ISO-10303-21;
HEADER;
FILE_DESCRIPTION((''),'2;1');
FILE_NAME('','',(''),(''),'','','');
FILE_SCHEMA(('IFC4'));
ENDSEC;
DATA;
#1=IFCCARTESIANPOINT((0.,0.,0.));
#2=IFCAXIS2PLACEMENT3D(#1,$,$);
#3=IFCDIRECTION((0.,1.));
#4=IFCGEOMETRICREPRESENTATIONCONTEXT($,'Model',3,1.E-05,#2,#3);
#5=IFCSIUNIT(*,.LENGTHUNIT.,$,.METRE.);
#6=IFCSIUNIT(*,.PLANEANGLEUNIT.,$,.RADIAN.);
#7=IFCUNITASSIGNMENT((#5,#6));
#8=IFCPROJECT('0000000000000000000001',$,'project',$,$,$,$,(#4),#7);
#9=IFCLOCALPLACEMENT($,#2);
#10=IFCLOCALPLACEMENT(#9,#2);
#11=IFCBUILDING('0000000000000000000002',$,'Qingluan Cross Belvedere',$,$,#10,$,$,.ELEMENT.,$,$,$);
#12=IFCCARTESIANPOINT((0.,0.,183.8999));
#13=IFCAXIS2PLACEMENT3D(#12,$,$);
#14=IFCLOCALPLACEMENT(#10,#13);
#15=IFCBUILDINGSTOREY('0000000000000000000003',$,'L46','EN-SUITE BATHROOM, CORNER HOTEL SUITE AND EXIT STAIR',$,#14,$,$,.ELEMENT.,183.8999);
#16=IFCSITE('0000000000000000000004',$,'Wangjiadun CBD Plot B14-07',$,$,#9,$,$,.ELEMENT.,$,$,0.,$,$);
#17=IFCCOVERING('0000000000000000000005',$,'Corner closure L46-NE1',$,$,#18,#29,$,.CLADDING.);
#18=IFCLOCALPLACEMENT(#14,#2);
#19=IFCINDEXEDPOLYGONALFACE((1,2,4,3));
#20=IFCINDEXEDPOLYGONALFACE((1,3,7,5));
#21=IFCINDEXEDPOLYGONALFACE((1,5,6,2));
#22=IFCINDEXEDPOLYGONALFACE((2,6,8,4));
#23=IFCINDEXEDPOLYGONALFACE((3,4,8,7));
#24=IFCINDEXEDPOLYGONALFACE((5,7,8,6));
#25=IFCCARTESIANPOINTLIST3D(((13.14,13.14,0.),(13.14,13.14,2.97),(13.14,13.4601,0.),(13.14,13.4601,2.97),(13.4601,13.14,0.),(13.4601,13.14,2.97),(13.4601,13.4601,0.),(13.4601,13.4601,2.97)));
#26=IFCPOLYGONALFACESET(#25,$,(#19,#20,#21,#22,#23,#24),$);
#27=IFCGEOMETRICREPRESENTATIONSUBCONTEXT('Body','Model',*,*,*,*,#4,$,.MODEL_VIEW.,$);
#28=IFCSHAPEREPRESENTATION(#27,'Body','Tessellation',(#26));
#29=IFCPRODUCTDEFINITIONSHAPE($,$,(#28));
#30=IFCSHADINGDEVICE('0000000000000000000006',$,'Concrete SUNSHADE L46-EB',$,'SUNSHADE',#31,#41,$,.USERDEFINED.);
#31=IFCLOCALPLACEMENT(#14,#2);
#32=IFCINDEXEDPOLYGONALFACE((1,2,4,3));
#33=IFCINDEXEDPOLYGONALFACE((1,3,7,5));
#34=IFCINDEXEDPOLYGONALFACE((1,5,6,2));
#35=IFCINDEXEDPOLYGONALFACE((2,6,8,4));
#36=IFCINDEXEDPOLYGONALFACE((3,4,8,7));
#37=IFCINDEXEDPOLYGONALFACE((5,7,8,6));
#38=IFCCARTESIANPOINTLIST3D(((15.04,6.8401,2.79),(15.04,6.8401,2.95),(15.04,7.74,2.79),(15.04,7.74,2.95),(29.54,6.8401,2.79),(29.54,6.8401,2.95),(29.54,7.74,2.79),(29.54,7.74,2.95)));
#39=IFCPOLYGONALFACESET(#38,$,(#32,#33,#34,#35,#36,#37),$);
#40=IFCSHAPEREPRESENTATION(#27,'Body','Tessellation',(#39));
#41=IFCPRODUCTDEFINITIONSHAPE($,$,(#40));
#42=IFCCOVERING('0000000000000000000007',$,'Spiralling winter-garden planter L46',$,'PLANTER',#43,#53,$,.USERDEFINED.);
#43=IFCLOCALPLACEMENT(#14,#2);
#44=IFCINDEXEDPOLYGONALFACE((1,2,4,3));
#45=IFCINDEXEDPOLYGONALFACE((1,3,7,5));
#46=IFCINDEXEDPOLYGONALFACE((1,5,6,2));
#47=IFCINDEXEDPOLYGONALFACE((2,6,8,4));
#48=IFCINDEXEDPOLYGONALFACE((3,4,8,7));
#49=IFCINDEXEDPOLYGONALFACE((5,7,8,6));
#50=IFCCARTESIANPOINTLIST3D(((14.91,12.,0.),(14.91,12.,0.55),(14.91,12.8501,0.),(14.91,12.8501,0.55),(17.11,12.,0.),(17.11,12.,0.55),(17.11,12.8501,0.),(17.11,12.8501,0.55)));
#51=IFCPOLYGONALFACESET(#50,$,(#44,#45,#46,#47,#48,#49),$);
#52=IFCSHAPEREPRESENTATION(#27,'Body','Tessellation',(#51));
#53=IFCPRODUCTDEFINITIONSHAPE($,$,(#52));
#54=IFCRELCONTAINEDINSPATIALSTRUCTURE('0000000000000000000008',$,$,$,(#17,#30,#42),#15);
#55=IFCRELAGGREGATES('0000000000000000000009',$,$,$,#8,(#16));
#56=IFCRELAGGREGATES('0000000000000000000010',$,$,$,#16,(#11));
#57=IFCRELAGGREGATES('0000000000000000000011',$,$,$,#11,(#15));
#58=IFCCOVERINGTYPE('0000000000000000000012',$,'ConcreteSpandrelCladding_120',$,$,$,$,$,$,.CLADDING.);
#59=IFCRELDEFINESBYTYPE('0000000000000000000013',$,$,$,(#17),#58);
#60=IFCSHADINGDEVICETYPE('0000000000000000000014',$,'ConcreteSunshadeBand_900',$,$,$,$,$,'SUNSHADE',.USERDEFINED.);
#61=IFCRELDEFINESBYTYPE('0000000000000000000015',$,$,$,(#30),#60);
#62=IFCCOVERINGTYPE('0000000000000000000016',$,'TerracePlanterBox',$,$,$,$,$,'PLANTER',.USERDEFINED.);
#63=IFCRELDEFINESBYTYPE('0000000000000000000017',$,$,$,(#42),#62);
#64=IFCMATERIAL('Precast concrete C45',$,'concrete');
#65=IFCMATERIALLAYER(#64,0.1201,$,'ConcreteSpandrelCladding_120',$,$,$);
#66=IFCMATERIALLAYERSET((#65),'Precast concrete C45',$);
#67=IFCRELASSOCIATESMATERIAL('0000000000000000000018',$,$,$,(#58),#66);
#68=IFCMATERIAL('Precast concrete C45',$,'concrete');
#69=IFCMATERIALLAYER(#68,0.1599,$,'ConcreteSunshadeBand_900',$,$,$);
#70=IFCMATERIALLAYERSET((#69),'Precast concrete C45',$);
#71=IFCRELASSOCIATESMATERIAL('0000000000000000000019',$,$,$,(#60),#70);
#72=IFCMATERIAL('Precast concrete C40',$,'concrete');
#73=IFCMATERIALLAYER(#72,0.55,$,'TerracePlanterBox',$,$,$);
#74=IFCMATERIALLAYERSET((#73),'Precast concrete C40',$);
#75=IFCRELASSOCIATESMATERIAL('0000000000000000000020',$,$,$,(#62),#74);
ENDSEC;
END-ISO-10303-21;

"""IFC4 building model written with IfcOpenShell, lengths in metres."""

from ifc_helpers import new_model, si_unit, direction, frame, origin, origin_2d, place, context, subcontext, project, spatial, rectangle, extrude, material, layer, layer_set, type_object, element, save


model = new_model("IFC4")

# Units and contexts
model_context = context("Model", 3, precision=1e-05, world=origin(), true_north=direction((0.0, 1.0)))
body_context = subcontext(model_context, "Body", "Model", "MODEL_VIEW")
ifc_project = project(units=[si_unit("LENGTHUNIT", "METRE"), si_unit("PLANEANGLEUNIT", "RADIAN")], contexts=[model_context])

# Site, building, storey
site_placement = place(None, origin())
site = spatial("IfcSite", under=ifc_project, at=site_placement, Name="Wangjiadun CBD Plot B14-07", CompositionType="ELEMENT", RefElevation=0.0)
building_placement = place(site_placement, origin())
building = spatial("IfcBuilding", under=site, at=building_placement, Name="Qingluan Cross Belvedere", CompositionType="ELEMENT")
storey_placement = place(building_placement, frame((0.0, 0.0, 183.8999)))
storey = spatial("IfcBuildingStorey", under=building, at=storey_placement, Name="L46", Description="EN-SUITE BATHROOM, CORNER HOTEL SUITE AND EXIT STAIR", CompositionType="ELEMENT", Elevation=183.8999)

# Covering
ifc_material_1 = material(Name="Precast concrete C45", Category="concrete")
ifc_layer_1 = layer(ifc_material_1, 0.1201, Name="ConcreteSpandrelCladding_120")
ifc_layer_set_1 = layer_set([ifc_layer_1], Name="Precast concrete C45")
covering_type_1 = type_object("IfcCoveringType", Name="ConcreteSpandrelCladding_120", PredefinedType="CLADDING", material=ifc_layer_set_1)
covering_1_placement = place(storey_placement, frame((13.3, 13.3, 0.0), z_axis=(0.0, 0.0, 1.0), x_axis=(1.0, 0.0, 0.0)))
element("IfcCovering", 1, at=covering_1_placement, inside=storey, type_object=covering_type_1, Name="Corner closure L46-NE1", PredefinedType="CLADDING", context=body_context, shape_type="SweptSolid", body=[
    extrude(rectangle(XDim=0.3201, YDim=0.3201, at=origin_2d()), origin(), (0.0, 0.0, 1.0), 2.97),
])

# Shading device
ifc_material_2 = material(Name="Precast concrete C45", Category="concrete")
ifc_layer_2 = layer(ifc_material_2, 0.1599, Name="ConcreteSunshadeBand_900")
ifc_layer_set_2 = layer_set([ifc_layer_2], Name="Precast concrete C45")
shading_device_type = type_object("IfcShadingDeviceType", Name="ConcreteSunshadeBand_900", ElementType="SUNSHADE", PredefinedType="USERDEFINED", material=ifc_layer_set_2)
shading_device_placement = place(storey_placement, frame((22.29, 7.29, 2.79), z_axis=(0.0, 0.0, 1.0), x_axis=(-1.0, 0.0, 0.0)))
element("IfcShadingDevice", 2, at=shading_device_placement, inside=storey, type_object=shading_device_type, Name="Concrete SUNSHADE L46-EB", ObjectType="SUNSHADE", PredefinedType="USERDEFINED", context=body_context, shape_type="SweptSolid", body=[
    extrude(rectangle(XDim=14.5, YDim=0.8999, at=origin_2d()), origin(), (0.0, 0.0, 1.0), 0.1599),
])

# Covering
ifc_material_3 = material(Name="Precast concrete C40", Category="concrete")
ifc_layer_3 = layer(ifc_material_3, 0.55, Name="TerracePlanterBox")
ifc_layer_set_3 = layer_set([ifc_layer_3], Name="Precast concrete C40")
covering_type_2 = type_object("IfcCoveringType", Name="TerracePlanterBox", ElementType="PLANTER", PredefinedType="USERDEFINED", material=ifc_layer_set_3)
covering_2_placement = place(storey_placement, frame((16.01, 12.425, 0.0), z_axis=(0.0, 0.0, 1.0), x_axis=(1.0, 0.0, 0.0)))
element("IfcCovering", 3, at=covering_2_placement, inside=storey, type_object=covering_type_2, Name="Spiralling winter-garden planter L46", ObjectType="PLANTER", PredefinedType="USERDEFINED", context=body_context, shape_type="SweptSolid", body=[
    extrude(rectangle(XDim=2.2, YDim=0.8501, at=origin_2d()), origin(), (0.0, 0.0, 1.0), 0.55),
])

save(model, "model.ifc")
